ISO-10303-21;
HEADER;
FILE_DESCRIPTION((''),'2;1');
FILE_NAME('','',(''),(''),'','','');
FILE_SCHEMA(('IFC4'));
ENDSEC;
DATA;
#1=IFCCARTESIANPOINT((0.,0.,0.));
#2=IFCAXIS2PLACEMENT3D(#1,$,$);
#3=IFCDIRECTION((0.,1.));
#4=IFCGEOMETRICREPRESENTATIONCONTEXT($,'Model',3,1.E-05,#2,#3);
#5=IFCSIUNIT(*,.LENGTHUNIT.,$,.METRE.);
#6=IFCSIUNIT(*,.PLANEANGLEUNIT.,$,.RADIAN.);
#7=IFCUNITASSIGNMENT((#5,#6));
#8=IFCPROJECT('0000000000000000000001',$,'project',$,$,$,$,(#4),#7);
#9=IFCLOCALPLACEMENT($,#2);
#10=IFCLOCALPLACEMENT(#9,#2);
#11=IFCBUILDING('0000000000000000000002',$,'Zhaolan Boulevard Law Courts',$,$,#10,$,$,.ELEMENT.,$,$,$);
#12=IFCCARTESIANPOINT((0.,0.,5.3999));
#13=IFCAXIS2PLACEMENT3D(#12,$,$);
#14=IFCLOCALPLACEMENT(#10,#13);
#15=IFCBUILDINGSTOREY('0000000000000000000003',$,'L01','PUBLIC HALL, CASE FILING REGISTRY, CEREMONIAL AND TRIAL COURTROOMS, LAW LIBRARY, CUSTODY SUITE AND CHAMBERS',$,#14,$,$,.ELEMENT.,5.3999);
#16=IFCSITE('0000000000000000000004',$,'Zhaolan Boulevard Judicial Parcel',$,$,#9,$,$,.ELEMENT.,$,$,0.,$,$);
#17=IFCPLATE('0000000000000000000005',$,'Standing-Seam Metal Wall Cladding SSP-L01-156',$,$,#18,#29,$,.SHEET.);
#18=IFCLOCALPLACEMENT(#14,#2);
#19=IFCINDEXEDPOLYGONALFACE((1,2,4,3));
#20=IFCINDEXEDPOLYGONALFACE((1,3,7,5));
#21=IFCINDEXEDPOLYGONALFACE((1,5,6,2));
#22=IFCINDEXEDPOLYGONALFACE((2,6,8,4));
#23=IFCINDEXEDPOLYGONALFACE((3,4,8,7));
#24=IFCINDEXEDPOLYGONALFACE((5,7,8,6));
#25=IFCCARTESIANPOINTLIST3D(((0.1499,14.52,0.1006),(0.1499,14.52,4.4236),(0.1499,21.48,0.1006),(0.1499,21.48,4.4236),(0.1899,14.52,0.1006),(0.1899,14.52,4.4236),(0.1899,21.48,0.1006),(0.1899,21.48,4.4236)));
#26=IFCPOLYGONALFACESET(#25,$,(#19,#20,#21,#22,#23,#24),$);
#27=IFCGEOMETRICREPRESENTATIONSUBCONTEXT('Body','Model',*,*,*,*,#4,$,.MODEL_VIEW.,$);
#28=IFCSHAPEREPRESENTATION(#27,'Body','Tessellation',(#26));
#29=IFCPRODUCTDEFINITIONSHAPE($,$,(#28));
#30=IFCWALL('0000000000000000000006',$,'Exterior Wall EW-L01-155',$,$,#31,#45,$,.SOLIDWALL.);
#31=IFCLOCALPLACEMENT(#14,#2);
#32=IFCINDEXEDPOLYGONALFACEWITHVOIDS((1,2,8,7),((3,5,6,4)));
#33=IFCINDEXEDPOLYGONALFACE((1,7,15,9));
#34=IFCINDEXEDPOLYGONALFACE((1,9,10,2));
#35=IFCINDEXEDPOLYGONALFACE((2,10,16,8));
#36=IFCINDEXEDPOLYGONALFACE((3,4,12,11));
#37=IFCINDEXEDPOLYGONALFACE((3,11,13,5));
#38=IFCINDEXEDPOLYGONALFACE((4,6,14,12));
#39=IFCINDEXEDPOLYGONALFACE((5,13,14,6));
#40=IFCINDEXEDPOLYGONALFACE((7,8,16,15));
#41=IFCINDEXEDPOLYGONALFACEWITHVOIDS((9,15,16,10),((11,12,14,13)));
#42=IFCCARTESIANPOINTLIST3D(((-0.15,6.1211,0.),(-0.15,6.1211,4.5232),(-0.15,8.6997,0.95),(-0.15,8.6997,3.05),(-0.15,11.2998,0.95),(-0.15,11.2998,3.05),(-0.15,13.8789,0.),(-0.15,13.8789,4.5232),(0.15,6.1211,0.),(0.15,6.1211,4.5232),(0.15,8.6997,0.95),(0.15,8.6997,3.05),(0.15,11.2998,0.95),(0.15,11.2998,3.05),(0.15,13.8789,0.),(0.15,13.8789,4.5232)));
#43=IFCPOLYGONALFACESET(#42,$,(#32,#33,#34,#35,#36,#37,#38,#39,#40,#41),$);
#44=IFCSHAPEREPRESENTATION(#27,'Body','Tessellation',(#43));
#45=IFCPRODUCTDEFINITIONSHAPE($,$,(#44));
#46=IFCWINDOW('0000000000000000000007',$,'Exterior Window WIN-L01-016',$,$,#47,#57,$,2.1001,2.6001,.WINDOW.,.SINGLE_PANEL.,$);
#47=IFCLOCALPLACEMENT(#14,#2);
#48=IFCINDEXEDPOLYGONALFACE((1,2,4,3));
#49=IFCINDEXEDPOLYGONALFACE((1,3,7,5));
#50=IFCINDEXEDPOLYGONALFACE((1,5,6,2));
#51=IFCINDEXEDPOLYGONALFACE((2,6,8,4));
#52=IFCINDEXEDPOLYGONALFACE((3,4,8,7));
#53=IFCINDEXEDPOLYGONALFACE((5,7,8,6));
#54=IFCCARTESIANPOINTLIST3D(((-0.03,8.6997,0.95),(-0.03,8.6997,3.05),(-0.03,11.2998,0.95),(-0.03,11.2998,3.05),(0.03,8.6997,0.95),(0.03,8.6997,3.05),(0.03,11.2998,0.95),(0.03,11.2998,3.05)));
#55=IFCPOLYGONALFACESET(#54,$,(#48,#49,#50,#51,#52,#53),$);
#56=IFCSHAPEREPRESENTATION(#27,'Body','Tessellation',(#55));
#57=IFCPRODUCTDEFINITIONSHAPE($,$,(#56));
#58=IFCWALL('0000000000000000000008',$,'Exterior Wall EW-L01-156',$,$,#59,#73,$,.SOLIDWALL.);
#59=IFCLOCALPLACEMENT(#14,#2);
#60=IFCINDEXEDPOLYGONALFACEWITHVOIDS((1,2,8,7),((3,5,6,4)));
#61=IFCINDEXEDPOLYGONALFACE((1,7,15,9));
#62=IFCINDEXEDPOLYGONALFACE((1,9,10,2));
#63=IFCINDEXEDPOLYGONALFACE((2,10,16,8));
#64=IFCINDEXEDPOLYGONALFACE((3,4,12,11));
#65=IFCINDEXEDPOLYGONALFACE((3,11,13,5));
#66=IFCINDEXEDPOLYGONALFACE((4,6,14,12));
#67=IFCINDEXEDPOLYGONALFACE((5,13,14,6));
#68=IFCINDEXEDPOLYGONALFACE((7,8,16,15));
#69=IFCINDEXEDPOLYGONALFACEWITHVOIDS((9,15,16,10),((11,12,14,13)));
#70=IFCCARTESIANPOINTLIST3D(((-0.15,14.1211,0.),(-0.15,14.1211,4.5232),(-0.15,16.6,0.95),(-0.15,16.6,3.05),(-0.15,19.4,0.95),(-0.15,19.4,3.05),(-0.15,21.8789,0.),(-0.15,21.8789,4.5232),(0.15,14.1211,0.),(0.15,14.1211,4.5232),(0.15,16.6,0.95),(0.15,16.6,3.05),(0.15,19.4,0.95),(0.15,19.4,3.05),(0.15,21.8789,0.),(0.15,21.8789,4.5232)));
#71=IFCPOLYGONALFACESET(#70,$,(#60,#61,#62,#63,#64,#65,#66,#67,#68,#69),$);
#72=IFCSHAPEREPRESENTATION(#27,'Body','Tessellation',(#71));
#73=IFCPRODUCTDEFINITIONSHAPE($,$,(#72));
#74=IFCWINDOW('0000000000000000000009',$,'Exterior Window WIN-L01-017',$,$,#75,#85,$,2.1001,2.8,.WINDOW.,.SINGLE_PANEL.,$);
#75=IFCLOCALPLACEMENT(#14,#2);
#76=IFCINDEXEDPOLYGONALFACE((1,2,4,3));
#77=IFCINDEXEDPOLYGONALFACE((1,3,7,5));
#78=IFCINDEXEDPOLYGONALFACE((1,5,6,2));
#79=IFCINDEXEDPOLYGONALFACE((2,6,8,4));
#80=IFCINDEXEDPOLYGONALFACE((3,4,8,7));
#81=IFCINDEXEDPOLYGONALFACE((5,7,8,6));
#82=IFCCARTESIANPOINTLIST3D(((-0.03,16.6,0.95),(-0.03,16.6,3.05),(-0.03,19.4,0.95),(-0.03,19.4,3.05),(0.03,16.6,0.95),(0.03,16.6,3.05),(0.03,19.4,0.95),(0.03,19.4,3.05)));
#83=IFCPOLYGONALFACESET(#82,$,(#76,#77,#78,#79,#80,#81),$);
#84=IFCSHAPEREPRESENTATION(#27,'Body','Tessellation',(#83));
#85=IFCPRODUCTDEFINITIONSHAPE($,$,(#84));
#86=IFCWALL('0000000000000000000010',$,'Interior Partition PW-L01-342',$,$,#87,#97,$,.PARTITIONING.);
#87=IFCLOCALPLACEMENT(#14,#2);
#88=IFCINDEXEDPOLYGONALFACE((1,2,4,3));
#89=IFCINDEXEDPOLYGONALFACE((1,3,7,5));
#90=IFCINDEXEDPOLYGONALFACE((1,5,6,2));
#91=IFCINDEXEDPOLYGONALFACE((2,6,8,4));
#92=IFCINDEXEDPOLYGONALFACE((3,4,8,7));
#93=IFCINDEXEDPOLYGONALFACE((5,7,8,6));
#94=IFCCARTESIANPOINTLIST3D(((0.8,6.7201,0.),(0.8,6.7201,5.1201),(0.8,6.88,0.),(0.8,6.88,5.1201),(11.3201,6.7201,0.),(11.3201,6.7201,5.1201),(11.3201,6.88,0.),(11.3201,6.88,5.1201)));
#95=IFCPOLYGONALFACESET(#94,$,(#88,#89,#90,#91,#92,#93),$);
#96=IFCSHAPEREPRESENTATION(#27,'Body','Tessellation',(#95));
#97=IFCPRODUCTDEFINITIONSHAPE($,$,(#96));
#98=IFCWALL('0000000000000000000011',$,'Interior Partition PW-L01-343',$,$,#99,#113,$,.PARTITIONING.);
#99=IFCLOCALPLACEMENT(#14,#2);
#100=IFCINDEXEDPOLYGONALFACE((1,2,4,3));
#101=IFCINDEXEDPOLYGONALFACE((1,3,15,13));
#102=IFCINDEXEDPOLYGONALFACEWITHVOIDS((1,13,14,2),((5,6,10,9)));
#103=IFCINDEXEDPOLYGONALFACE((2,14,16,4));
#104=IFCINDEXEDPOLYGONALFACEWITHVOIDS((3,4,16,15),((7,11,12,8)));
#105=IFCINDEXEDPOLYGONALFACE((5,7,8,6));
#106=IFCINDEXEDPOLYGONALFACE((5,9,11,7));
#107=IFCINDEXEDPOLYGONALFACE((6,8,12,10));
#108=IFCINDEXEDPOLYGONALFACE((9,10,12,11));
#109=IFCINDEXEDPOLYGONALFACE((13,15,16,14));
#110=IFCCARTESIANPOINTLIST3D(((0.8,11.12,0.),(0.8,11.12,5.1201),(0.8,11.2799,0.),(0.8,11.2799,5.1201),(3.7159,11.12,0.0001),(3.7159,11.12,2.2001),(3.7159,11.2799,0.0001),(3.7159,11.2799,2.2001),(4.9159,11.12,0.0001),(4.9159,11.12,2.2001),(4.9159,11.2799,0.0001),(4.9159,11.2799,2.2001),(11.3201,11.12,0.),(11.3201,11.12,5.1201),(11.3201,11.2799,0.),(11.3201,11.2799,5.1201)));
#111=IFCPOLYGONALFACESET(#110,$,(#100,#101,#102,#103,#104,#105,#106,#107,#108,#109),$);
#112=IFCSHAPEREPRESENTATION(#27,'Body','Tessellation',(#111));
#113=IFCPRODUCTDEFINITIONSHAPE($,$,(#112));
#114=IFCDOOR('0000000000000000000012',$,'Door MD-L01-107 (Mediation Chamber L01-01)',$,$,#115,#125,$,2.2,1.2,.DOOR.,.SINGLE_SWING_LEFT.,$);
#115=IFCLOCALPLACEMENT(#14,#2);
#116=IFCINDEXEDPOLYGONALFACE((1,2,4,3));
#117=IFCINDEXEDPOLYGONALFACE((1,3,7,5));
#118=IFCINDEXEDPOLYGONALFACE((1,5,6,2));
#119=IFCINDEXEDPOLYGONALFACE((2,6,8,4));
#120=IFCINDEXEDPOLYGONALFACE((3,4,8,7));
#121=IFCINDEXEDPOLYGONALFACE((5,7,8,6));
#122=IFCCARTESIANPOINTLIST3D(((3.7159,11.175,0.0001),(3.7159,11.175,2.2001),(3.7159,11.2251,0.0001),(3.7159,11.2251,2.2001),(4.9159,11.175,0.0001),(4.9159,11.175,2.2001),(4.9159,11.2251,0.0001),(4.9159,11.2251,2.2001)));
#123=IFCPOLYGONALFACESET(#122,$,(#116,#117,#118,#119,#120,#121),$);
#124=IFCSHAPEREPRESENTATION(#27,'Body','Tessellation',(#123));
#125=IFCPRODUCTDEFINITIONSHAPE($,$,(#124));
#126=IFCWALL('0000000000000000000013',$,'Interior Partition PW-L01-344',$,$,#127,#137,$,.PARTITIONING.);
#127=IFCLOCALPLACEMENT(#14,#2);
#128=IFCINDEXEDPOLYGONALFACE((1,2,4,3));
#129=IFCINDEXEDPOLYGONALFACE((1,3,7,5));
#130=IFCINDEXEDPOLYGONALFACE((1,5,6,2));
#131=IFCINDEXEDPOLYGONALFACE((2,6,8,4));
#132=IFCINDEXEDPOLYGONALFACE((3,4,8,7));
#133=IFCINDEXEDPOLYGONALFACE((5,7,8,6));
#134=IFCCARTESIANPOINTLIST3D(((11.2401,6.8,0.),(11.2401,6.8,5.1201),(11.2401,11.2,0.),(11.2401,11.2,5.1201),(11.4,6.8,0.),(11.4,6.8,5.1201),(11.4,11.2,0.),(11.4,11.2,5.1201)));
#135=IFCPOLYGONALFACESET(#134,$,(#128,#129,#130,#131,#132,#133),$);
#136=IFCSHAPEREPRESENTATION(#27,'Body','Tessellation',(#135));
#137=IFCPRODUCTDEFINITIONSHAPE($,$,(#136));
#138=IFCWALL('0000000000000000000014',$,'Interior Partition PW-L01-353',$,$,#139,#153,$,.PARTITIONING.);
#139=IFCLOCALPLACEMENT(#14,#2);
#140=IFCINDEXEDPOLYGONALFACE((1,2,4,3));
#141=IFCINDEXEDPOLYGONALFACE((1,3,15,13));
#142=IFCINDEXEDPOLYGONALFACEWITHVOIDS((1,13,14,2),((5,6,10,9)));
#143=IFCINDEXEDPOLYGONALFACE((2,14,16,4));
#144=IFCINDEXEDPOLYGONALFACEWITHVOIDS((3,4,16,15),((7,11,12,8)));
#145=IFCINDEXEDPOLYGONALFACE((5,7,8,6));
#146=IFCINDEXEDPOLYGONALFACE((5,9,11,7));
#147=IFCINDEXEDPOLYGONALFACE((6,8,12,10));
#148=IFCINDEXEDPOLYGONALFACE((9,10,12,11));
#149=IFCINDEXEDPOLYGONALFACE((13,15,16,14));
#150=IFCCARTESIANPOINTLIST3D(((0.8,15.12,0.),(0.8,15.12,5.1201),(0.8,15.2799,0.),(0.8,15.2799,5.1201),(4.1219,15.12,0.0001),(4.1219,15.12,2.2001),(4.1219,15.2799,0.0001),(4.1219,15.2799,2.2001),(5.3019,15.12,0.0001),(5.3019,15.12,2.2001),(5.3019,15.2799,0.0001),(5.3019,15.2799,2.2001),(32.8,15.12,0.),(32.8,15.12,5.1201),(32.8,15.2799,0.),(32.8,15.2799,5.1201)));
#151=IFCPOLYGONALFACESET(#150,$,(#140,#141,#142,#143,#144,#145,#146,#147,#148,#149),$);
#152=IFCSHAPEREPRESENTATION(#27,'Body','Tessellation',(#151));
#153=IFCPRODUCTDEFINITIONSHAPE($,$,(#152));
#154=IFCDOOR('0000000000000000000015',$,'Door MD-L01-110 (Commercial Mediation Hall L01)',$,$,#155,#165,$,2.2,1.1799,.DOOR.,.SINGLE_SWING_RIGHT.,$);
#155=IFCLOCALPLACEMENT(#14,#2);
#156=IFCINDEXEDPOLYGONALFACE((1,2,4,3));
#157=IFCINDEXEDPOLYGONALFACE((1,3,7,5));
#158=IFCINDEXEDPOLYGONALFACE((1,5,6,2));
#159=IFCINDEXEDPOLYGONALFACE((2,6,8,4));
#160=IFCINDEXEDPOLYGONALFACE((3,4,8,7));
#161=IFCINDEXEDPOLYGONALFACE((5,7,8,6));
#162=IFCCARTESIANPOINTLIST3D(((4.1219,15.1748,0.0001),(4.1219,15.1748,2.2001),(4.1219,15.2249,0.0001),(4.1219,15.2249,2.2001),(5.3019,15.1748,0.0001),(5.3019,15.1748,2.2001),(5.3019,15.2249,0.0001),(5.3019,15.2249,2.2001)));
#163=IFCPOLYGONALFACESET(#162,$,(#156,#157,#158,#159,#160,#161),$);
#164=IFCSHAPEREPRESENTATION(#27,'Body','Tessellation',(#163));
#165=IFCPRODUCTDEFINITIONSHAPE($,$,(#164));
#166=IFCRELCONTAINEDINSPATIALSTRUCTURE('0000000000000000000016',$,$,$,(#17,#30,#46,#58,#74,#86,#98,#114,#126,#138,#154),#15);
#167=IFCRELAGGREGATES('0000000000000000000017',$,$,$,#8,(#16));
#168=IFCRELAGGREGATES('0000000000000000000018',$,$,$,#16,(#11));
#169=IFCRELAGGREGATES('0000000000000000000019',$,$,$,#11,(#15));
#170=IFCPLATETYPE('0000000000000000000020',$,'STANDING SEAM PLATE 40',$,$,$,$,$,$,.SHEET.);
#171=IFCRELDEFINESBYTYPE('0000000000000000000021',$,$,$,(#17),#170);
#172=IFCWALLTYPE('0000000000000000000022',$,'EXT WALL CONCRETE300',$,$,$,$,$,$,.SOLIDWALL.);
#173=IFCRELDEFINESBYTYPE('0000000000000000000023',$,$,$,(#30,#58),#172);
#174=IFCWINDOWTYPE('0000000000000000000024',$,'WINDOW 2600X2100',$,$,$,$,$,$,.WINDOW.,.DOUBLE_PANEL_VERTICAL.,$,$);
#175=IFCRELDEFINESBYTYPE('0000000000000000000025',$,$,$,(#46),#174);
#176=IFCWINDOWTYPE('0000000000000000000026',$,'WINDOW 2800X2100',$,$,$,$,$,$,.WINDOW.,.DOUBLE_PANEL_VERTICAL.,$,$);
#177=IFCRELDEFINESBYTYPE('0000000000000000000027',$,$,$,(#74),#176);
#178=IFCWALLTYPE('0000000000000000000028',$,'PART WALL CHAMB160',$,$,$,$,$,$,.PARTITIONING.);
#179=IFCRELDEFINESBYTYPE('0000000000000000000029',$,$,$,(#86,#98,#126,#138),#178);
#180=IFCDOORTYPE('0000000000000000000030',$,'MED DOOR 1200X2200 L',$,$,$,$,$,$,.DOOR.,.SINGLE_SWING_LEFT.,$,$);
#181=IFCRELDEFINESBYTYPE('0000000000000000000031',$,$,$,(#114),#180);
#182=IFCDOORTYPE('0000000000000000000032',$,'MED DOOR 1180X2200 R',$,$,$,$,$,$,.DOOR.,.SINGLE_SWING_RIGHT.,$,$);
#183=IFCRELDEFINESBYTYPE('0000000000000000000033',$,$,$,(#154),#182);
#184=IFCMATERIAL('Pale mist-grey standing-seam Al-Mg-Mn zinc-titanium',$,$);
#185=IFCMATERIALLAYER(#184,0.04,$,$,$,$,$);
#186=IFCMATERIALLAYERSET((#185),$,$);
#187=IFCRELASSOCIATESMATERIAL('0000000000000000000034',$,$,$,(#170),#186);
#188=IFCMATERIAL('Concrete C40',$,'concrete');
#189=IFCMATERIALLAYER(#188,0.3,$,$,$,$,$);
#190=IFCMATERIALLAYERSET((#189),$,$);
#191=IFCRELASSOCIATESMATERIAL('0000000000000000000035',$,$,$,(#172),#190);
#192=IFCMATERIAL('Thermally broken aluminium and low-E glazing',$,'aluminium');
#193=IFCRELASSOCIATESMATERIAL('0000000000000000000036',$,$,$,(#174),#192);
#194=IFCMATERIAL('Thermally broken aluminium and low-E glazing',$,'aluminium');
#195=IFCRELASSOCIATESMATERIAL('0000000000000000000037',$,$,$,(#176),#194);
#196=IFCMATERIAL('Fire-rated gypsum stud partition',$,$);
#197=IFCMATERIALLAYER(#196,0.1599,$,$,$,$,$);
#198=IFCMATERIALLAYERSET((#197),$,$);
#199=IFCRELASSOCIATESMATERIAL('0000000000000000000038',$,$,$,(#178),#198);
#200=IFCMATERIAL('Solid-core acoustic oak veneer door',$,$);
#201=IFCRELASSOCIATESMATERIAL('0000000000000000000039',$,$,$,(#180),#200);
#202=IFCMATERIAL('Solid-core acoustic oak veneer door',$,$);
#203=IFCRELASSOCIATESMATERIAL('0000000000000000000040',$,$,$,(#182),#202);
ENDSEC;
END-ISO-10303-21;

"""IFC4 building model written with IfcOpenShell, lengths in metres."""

from ifc_helpers import new_model, si_unit, direction, frame, frame_2d, origin, origin_2d, place, context, subcontext, project, spatial, rectangle, extrude, material, layer, layer_set, type_object, element, fill, save


model = new_model("IFC4")

# Units and contexts
model_context = context("Model", 3, precision=1e-05, world=origin(), true_north=direction((0.0, 1.0)))
body_context = subcontext(model_context, "Body", "Model", "MODEL_VIEW")
ifc_project = project(units=[si_unit("LENGTHUNIT", "METRE"), si_unit("PLANEANGLEUNIT", "RADIAN")], contexts=[model_context])

# Site, building, storey
site_placement = place(None, origin())
site = spatial("IfcSite", under=ifc_project, at=site_placement, Name="Zhaolan Boulevard Judicial Parcel", CompositionType="ELEMENT", RefElevation=0.0)
building_placement = place(site_placement, origin())
building = spatial("IfcBuilding", under=site, at=building_placement, Name="Zhaolan Boulevard Law Courts", CompositionType="ELEMENT")
storey_placement = place(building_placement, frame((0.0, 0.0, 5.3999)))
storey = spatial("IfcBuildingStorey", under=building, at=storey_placement, Name="L01", Description="PUBLIC HALL, CASE FILING REGISTRY, CEREMONIAL AND TRIAL COURTROOMS, LAW LIBRARY, CUSTODY SUITE AND CHAMBERS", CompositionType="ELEMENT", Elevation=5.3999)

# Plate
ifc_material_1 = material(Name="Pale mist-grey standing-seam Al-Mg-Mn zinc-titanium")
ifc_layer_1 = layer(ifc_material_1, 0.04)
ifc_layer_set_1 = layer_set([ifc_layer_1])
plate_type = type_object("IfcPlateType", Name="STANDING SEAM PLATE 40", PredefinedType="SHEET", material=ifc_layer_set_1)
plate_placement = place(storey_placement, frame((0.1699, 18.0, 0.1006), z_axis=(0.0, 0.0, 1.0), x_axis=(0.0, -1.0, 0.0)))
element("IfcPlate", 1, at=plate_placement, inside=storey, type_object=plate_type, Name="Standing-Seam Metal Wall Cladding SSP-L01-156", PredefinedType="SHEET", context=body_context, shape_type="SweptSolid", body=[
    extrude(rectangle(XDim=6.96, YDim=0.04, at=origin_2d()), origin(), (0.0, 0.0, 1.0), 4.323),
])

# Walls, openings, windows
ifc_material_2 = material(Name="Concrete C40", Category="concrete")
ifc_layer_2 = layer(ifc_material_2, 0.3)
ifc_layer_set_2 = layer_set([ifc_layer_2])
wall_type_1 = type_object("IfcWallType", Name="EXT WALL CONCRETE300", PredefinedType="SOLIDWALL", material=ifc_layer_set_2)
wall_1_placement = place(storey_placement, frame((0.0, 13.8789, 0.0), z_axis=(0.0, 0.0, 1.0), x_axis=(0.0, -1.0, 0.0)))
wall_1 = element("IfcWall", 2, at=wall_1_placement, inside=storey, type_object=wall_type_1, Name="Exterior Wall EW-L01-155", PredefinedType="SOLIDWALL", context=body_context, shape_type="SweptSolid", body=[
    extrude(rectangle(XDim=7.7578, YDim=0.3, at=frame_2d((3.8789, 0.0))), origin(), (0.0, 0.0, 1.0), 4.5232),
])
opening_1_placement = place(wall_1_placement, frame((2.5791, 0.0, 0.95)))
opening_1 = element("IfcOpeningElement", 3, at=opening_1_placement, cuts=wall_1, PredefinedType="OPENING", context=body_context, shape_type="SweptSolid", body=[
    extrude(rectangle(XDim=2.6001, YDim=2.1001, at=frame_2d((1.3, 1.05))), frame((0.0, 0.1599, 0.0), z_axis=(0.0, -1.0, 0.0), x_axis=(1.0, 0.0, 0.0)), (0.0, 0.0, 1.0), 0.3201),
])
ifc_material_3 = material(Name="Thermally broken aluminium and low-E glazing", Category="aluminium")
window_type_1 = type_object("IfcWindowType", Name="WINDOW 2600X2100", PartitioningType="DOUBLE_PANEL_VERTICAL", PredefinedType="WINDOW", material=ifc_material_3)
window_1_placement = place(opening_1_placement, origin())
window_1 = element("IfcWindow", 4, at=window_1_placement, inside=storey, type_object=window_type_1, Name="Exterior Window WIN-L01-016", OverallHeight=2.1001, OverallWidth=2.6001, PartitioningType="SINGLE_PANEL", PredefinedType="WINDOW", context=body_context, shape_type="SweptSolid", body=[
    extrude(rectangle(XDim=2.6001, YDim=2.1001, at=frame_2d((1.3, 1.05))), frame((0.0, 0.03, 0.0), z_axis=(0.0, -1.0, 0.0), x_axis=(1.0, 0.0, 0.0)), (0.0, 0.0, 1.0), 0.0601),
])
fill(opening_1, window_1)
wall_2_placement = place(storey_placement, frame((0.0, 21.8789, 0.0), z_axis=(0.0, 0.0, 1.0), x_axis=(0.0, -1.0, 0.0)))
wall_2 = element("IfcWall", 5, at=wall_2_placement, inside=storey, type_object=wall_type_1, Name="Exterior Wall EW-L01-156", PredefinedType="SOLIDWALL", context=body_context, shape_type="SweptSolid", body=[
    extrude(rectangle(XDim=7.7578, YDim=0.3, at=frame_2d((3.8789, 0.0))), origin(), (0.0, 0.0, 1.0), 4.5232),
])
opening_2_placement = place(wall_2_placement, frame((2.479, 0.0, 0.95)))
opening_2 = element("IfcOpeningElement", 6, at=opening_2_placement, cuts=wall_2, PredefinedType="OPENING", context=body_context, shape_type="SweptSolid", body=[
    extrude(rectangle(XDim=2.8, YDim=2.1001, at=frame_2d((1.3999, 1.05))), frame((0.0, 0.1599, 0.0), z_axis=(0.0, -1.0, 0.0), x_axis=(1.0, 0.0, 0.0)), (0.0, 0.0, 1.0), 0.3201),
])
ifc_material_4 = material(Name="Thermally broken aluminium and low-E glazing", Category="aluminium")
window_type_2 = type_object("IfcWindowType", Name="WINDOW 2800X2100", PartitioningType="DOUBLE_PANEL_VERTICAL", PredefinedType="WINDOW", material=ifc_material_4)
window_2_placement = place(opening_2_placement, origin())
window_2 = element("IfcWindow", 7, at=window_2_placement, inside=storey, type_object=window_type_2, Name="Exterior Window WIN-L01-017", OverallHeight=2.1001, OverallWidth=2.8, PartitioningType="SINGLE_PANEL", PredefinedType="WINDOW", context=body_context, shape_type="SweptSolid", body=[
    extrude(rectangle(XDim=2.8, YDim=2.1001, at=frame_2d((1.3999, 1.05))), frame((0.0, 0.03, 0.0), z_axis=(0.0, -1.0, 0.0), x_axis=(1.0, 0.0, 0.0)), (0.0, 0.0, 1.0), 0.0601),
])
fill(opening_2, window_2)

# Wall
ifc_material_5 = material(Name="Fire-rated gypsum stud partition")
ifc_layer_3 = layer(ifc_material_5, 0.1599)
ifc_layer_set_3 = layer_set([ifc_layer_3])
wall_type_2 = type_object("IfcWallType", Name="PART WALL CHAMB160", PredefinedType="PARTITIONING", material=ifc_layer_set_3)
wall_3_placement = place(storey_placement, frame((0.8, 6.8, 0.0), z_axis=(0.0, 0.0, 1.0), x_axis=(1.0, 0.0, 0.0)))
element("IfcWall", 8, at=wall_3_placement, inside=storey, type_object=wall_type_2, Name="Interior Partition PW-L01-342", PredefinedType="PARTITIONING", context=body_context, shape_type="SweptSolid", body=[
    extrude(rectangle(XDim=10.52, YDim=0.1599, at=frame_2d((5.26, 0.0))), origin(), (0.0, 0.0, 1.0), 5.1201),
])

# Wall, opening, door
wall_4_placement = place(storey_placement, frame((11.3201, 11.2, 0.0), z_axis=(0.0, 0.0, 1.0), x_axis=(-1.0, 0.0, 0.0)))
wall_4 = element("IfcWall", 9, at=wall_4_placement, inside=storey, type_object=wall_type_2, Name="Interior Partition PW-L01-343", PredefinedType="PARTITIONING", context=body_context, shape_type="SweptSolid", body=[
    extrude(rectangle(XDim=10.52, YDim=0.1599, at=frame_2d((5.26, 0.0))), origin(), (0.0, 0.0, 1.0), 5.1201),
])
opening_3_placement = place(wall_4_placement, frame((6.4041, 0.0, 0.0)))
opening_3 = element("IfcOpeningElement", 10, at=opening_3_placement, cuts=wall_4, PredefinedType="OPENING", context=body_context, shape_type="SweptSolid", body=[
    extrude(rectangle(XDim=1.2, YDim=2.2, at=frame_2d((0.6001, 1.1001))), frame((0.0, 0.0898, 0.0), z_axis=(0.0, -1.0, 0.0), x_axis=(1.0, 0.0, 0.0)), (0.0, 0.0, 1.0), 0.1799),
])
ifc_material_6 = material(Name="Solid-core acoustic oak veneer door")
door_type_1 = type_object("IfcDoorType", Name="MED DOOR 1200X2200 L", OperationType="SINGLE_SWING_LEFT", PredefinedType="DOOR", material=ifc_material_6)
door_1_placement = place(opening_3_placement, origin())
door_1 = element("IfcDoor", 11, at=door_1_placement, inside=storey, type_object=door_type_1, Name="Door MD-L01-107 (Mediation Chamber L01-01)", OperationType="SINGLE_SWING_LEFT", OverallHeight=2.2, OverallWidth=1.2, PredefinedType="DOOR", context=body_context, shape_type="SweptSolid", body=[
    extrude(rectangle(XDim=1.2, YDim=2.2, at=frame_2d((0.6001, 1.1001))), frame((0.0, 0.0249, 0.0), z_axis=(0.0, -1.0, 0.0), x_axis=(1.0, 0.0, 0.0)), (0.0, 0.0, 1.0), 0.05),
])
fill(opening_3, door_1)

# Wall
wall_5_placement = place(storey_placement, frame((11.3201, 6.8, 0.0), z_axis=(0.0, 0.0, 1.0), x_axis=(0.0, 1.0, 0.0)))
element("IfcWall", 12, at=wall_5_placement, inside=storey, type_object=wall_type_2, Name="Interior Partition PW-L01-344", PredefinedType="PARTITIONING", context=body_context, shape_type="SweptSolid", body=[
    extrude(rectangle(XDim=4.3999, YDim=0.1599, at=frame_2d((2.2, 0.0))), origin(), (0.0, 0.0, 1.0), 5.1201),
])

# Wall, opening, door
wall_6_placement = place(storey_placement, frame((0.8, 15.2, 0.0), z_axis=(0.0, 0.0, 1.0), x_axis=(1.0, 0.0, 0.0)))
wall_6 = element("IfcWall", 13, at=wall_6_placement, inside=storey, type_object=wall_type_2, Name="Interior Partition PW-L01-353", PredefinedType="PARTITIONING", context=body_context, shape_type="SweptSolid", body=[
    extrude(rectangle(XDim=32.0, YDim=0.1599, at=frame_2d((16.0, 0.0))), origin(), (0.0, 0.0, 1.0), 5.1201),
])
opening_4_placement = place(wall_6_placement, frame((3.322, 0.0, 0.0)))
opening_4 = element("IfcOpeningElement", 14, at=opening_4_placement, cuts=wall_6, PredefinedType="OPENING", context=body_context, shape_type="SweptSolid", body=[
    extrude(rectangle(XDim=1.1799, YDim=2.2, at=frame_2d((0.5898, 1.1001))), frame((0.0, 0.0898, 0.0), z_axis=(0.0, -1.0, 0.0), x_axis=(1.0, 0.0, 0.0)), (0.0, 0.0, 1.0), 0.1799),
])
ifc_material_7 = material(Name="Solid-core acoustic oak veneer door")
door_type_2 = type_object("IfcDoorType", Name="MED DOOR 1180X2200 R", OperationType="SINGLE_SWING_RIGHT", PredefinedType="DOOR", material=ifc_material_7)
door_2_placement = place(opening_4_placement, origin())
door_2 = element("IfcDoor", 15, at=door_2_placement, inside=storey, type_object=door_type_2, Name="Door MD-L01-110 (Commercial Mediation Hall L01)", OperationType="SINGLE_SWING_RIGHT", OverallHeight=2.2, OverallWidth=1.1799, PredefinedType="DOOR", context=body_context, shape_type="SweptSolid", body=[
    extrude(rectangle(XDim=1.1799, YDim=2.2, at=frame_2d((0.5898, 1.1001))), frame((0.0, 0.0249, 0.0), z_axis=(0.0, -1.0, 0.0), x_axis=(1.0, 0.0, 0.0)), (0.0, 0.0, 1.0), 0.05),
])
fill(opening_4, door_2)

save(model, "model.ifc")
